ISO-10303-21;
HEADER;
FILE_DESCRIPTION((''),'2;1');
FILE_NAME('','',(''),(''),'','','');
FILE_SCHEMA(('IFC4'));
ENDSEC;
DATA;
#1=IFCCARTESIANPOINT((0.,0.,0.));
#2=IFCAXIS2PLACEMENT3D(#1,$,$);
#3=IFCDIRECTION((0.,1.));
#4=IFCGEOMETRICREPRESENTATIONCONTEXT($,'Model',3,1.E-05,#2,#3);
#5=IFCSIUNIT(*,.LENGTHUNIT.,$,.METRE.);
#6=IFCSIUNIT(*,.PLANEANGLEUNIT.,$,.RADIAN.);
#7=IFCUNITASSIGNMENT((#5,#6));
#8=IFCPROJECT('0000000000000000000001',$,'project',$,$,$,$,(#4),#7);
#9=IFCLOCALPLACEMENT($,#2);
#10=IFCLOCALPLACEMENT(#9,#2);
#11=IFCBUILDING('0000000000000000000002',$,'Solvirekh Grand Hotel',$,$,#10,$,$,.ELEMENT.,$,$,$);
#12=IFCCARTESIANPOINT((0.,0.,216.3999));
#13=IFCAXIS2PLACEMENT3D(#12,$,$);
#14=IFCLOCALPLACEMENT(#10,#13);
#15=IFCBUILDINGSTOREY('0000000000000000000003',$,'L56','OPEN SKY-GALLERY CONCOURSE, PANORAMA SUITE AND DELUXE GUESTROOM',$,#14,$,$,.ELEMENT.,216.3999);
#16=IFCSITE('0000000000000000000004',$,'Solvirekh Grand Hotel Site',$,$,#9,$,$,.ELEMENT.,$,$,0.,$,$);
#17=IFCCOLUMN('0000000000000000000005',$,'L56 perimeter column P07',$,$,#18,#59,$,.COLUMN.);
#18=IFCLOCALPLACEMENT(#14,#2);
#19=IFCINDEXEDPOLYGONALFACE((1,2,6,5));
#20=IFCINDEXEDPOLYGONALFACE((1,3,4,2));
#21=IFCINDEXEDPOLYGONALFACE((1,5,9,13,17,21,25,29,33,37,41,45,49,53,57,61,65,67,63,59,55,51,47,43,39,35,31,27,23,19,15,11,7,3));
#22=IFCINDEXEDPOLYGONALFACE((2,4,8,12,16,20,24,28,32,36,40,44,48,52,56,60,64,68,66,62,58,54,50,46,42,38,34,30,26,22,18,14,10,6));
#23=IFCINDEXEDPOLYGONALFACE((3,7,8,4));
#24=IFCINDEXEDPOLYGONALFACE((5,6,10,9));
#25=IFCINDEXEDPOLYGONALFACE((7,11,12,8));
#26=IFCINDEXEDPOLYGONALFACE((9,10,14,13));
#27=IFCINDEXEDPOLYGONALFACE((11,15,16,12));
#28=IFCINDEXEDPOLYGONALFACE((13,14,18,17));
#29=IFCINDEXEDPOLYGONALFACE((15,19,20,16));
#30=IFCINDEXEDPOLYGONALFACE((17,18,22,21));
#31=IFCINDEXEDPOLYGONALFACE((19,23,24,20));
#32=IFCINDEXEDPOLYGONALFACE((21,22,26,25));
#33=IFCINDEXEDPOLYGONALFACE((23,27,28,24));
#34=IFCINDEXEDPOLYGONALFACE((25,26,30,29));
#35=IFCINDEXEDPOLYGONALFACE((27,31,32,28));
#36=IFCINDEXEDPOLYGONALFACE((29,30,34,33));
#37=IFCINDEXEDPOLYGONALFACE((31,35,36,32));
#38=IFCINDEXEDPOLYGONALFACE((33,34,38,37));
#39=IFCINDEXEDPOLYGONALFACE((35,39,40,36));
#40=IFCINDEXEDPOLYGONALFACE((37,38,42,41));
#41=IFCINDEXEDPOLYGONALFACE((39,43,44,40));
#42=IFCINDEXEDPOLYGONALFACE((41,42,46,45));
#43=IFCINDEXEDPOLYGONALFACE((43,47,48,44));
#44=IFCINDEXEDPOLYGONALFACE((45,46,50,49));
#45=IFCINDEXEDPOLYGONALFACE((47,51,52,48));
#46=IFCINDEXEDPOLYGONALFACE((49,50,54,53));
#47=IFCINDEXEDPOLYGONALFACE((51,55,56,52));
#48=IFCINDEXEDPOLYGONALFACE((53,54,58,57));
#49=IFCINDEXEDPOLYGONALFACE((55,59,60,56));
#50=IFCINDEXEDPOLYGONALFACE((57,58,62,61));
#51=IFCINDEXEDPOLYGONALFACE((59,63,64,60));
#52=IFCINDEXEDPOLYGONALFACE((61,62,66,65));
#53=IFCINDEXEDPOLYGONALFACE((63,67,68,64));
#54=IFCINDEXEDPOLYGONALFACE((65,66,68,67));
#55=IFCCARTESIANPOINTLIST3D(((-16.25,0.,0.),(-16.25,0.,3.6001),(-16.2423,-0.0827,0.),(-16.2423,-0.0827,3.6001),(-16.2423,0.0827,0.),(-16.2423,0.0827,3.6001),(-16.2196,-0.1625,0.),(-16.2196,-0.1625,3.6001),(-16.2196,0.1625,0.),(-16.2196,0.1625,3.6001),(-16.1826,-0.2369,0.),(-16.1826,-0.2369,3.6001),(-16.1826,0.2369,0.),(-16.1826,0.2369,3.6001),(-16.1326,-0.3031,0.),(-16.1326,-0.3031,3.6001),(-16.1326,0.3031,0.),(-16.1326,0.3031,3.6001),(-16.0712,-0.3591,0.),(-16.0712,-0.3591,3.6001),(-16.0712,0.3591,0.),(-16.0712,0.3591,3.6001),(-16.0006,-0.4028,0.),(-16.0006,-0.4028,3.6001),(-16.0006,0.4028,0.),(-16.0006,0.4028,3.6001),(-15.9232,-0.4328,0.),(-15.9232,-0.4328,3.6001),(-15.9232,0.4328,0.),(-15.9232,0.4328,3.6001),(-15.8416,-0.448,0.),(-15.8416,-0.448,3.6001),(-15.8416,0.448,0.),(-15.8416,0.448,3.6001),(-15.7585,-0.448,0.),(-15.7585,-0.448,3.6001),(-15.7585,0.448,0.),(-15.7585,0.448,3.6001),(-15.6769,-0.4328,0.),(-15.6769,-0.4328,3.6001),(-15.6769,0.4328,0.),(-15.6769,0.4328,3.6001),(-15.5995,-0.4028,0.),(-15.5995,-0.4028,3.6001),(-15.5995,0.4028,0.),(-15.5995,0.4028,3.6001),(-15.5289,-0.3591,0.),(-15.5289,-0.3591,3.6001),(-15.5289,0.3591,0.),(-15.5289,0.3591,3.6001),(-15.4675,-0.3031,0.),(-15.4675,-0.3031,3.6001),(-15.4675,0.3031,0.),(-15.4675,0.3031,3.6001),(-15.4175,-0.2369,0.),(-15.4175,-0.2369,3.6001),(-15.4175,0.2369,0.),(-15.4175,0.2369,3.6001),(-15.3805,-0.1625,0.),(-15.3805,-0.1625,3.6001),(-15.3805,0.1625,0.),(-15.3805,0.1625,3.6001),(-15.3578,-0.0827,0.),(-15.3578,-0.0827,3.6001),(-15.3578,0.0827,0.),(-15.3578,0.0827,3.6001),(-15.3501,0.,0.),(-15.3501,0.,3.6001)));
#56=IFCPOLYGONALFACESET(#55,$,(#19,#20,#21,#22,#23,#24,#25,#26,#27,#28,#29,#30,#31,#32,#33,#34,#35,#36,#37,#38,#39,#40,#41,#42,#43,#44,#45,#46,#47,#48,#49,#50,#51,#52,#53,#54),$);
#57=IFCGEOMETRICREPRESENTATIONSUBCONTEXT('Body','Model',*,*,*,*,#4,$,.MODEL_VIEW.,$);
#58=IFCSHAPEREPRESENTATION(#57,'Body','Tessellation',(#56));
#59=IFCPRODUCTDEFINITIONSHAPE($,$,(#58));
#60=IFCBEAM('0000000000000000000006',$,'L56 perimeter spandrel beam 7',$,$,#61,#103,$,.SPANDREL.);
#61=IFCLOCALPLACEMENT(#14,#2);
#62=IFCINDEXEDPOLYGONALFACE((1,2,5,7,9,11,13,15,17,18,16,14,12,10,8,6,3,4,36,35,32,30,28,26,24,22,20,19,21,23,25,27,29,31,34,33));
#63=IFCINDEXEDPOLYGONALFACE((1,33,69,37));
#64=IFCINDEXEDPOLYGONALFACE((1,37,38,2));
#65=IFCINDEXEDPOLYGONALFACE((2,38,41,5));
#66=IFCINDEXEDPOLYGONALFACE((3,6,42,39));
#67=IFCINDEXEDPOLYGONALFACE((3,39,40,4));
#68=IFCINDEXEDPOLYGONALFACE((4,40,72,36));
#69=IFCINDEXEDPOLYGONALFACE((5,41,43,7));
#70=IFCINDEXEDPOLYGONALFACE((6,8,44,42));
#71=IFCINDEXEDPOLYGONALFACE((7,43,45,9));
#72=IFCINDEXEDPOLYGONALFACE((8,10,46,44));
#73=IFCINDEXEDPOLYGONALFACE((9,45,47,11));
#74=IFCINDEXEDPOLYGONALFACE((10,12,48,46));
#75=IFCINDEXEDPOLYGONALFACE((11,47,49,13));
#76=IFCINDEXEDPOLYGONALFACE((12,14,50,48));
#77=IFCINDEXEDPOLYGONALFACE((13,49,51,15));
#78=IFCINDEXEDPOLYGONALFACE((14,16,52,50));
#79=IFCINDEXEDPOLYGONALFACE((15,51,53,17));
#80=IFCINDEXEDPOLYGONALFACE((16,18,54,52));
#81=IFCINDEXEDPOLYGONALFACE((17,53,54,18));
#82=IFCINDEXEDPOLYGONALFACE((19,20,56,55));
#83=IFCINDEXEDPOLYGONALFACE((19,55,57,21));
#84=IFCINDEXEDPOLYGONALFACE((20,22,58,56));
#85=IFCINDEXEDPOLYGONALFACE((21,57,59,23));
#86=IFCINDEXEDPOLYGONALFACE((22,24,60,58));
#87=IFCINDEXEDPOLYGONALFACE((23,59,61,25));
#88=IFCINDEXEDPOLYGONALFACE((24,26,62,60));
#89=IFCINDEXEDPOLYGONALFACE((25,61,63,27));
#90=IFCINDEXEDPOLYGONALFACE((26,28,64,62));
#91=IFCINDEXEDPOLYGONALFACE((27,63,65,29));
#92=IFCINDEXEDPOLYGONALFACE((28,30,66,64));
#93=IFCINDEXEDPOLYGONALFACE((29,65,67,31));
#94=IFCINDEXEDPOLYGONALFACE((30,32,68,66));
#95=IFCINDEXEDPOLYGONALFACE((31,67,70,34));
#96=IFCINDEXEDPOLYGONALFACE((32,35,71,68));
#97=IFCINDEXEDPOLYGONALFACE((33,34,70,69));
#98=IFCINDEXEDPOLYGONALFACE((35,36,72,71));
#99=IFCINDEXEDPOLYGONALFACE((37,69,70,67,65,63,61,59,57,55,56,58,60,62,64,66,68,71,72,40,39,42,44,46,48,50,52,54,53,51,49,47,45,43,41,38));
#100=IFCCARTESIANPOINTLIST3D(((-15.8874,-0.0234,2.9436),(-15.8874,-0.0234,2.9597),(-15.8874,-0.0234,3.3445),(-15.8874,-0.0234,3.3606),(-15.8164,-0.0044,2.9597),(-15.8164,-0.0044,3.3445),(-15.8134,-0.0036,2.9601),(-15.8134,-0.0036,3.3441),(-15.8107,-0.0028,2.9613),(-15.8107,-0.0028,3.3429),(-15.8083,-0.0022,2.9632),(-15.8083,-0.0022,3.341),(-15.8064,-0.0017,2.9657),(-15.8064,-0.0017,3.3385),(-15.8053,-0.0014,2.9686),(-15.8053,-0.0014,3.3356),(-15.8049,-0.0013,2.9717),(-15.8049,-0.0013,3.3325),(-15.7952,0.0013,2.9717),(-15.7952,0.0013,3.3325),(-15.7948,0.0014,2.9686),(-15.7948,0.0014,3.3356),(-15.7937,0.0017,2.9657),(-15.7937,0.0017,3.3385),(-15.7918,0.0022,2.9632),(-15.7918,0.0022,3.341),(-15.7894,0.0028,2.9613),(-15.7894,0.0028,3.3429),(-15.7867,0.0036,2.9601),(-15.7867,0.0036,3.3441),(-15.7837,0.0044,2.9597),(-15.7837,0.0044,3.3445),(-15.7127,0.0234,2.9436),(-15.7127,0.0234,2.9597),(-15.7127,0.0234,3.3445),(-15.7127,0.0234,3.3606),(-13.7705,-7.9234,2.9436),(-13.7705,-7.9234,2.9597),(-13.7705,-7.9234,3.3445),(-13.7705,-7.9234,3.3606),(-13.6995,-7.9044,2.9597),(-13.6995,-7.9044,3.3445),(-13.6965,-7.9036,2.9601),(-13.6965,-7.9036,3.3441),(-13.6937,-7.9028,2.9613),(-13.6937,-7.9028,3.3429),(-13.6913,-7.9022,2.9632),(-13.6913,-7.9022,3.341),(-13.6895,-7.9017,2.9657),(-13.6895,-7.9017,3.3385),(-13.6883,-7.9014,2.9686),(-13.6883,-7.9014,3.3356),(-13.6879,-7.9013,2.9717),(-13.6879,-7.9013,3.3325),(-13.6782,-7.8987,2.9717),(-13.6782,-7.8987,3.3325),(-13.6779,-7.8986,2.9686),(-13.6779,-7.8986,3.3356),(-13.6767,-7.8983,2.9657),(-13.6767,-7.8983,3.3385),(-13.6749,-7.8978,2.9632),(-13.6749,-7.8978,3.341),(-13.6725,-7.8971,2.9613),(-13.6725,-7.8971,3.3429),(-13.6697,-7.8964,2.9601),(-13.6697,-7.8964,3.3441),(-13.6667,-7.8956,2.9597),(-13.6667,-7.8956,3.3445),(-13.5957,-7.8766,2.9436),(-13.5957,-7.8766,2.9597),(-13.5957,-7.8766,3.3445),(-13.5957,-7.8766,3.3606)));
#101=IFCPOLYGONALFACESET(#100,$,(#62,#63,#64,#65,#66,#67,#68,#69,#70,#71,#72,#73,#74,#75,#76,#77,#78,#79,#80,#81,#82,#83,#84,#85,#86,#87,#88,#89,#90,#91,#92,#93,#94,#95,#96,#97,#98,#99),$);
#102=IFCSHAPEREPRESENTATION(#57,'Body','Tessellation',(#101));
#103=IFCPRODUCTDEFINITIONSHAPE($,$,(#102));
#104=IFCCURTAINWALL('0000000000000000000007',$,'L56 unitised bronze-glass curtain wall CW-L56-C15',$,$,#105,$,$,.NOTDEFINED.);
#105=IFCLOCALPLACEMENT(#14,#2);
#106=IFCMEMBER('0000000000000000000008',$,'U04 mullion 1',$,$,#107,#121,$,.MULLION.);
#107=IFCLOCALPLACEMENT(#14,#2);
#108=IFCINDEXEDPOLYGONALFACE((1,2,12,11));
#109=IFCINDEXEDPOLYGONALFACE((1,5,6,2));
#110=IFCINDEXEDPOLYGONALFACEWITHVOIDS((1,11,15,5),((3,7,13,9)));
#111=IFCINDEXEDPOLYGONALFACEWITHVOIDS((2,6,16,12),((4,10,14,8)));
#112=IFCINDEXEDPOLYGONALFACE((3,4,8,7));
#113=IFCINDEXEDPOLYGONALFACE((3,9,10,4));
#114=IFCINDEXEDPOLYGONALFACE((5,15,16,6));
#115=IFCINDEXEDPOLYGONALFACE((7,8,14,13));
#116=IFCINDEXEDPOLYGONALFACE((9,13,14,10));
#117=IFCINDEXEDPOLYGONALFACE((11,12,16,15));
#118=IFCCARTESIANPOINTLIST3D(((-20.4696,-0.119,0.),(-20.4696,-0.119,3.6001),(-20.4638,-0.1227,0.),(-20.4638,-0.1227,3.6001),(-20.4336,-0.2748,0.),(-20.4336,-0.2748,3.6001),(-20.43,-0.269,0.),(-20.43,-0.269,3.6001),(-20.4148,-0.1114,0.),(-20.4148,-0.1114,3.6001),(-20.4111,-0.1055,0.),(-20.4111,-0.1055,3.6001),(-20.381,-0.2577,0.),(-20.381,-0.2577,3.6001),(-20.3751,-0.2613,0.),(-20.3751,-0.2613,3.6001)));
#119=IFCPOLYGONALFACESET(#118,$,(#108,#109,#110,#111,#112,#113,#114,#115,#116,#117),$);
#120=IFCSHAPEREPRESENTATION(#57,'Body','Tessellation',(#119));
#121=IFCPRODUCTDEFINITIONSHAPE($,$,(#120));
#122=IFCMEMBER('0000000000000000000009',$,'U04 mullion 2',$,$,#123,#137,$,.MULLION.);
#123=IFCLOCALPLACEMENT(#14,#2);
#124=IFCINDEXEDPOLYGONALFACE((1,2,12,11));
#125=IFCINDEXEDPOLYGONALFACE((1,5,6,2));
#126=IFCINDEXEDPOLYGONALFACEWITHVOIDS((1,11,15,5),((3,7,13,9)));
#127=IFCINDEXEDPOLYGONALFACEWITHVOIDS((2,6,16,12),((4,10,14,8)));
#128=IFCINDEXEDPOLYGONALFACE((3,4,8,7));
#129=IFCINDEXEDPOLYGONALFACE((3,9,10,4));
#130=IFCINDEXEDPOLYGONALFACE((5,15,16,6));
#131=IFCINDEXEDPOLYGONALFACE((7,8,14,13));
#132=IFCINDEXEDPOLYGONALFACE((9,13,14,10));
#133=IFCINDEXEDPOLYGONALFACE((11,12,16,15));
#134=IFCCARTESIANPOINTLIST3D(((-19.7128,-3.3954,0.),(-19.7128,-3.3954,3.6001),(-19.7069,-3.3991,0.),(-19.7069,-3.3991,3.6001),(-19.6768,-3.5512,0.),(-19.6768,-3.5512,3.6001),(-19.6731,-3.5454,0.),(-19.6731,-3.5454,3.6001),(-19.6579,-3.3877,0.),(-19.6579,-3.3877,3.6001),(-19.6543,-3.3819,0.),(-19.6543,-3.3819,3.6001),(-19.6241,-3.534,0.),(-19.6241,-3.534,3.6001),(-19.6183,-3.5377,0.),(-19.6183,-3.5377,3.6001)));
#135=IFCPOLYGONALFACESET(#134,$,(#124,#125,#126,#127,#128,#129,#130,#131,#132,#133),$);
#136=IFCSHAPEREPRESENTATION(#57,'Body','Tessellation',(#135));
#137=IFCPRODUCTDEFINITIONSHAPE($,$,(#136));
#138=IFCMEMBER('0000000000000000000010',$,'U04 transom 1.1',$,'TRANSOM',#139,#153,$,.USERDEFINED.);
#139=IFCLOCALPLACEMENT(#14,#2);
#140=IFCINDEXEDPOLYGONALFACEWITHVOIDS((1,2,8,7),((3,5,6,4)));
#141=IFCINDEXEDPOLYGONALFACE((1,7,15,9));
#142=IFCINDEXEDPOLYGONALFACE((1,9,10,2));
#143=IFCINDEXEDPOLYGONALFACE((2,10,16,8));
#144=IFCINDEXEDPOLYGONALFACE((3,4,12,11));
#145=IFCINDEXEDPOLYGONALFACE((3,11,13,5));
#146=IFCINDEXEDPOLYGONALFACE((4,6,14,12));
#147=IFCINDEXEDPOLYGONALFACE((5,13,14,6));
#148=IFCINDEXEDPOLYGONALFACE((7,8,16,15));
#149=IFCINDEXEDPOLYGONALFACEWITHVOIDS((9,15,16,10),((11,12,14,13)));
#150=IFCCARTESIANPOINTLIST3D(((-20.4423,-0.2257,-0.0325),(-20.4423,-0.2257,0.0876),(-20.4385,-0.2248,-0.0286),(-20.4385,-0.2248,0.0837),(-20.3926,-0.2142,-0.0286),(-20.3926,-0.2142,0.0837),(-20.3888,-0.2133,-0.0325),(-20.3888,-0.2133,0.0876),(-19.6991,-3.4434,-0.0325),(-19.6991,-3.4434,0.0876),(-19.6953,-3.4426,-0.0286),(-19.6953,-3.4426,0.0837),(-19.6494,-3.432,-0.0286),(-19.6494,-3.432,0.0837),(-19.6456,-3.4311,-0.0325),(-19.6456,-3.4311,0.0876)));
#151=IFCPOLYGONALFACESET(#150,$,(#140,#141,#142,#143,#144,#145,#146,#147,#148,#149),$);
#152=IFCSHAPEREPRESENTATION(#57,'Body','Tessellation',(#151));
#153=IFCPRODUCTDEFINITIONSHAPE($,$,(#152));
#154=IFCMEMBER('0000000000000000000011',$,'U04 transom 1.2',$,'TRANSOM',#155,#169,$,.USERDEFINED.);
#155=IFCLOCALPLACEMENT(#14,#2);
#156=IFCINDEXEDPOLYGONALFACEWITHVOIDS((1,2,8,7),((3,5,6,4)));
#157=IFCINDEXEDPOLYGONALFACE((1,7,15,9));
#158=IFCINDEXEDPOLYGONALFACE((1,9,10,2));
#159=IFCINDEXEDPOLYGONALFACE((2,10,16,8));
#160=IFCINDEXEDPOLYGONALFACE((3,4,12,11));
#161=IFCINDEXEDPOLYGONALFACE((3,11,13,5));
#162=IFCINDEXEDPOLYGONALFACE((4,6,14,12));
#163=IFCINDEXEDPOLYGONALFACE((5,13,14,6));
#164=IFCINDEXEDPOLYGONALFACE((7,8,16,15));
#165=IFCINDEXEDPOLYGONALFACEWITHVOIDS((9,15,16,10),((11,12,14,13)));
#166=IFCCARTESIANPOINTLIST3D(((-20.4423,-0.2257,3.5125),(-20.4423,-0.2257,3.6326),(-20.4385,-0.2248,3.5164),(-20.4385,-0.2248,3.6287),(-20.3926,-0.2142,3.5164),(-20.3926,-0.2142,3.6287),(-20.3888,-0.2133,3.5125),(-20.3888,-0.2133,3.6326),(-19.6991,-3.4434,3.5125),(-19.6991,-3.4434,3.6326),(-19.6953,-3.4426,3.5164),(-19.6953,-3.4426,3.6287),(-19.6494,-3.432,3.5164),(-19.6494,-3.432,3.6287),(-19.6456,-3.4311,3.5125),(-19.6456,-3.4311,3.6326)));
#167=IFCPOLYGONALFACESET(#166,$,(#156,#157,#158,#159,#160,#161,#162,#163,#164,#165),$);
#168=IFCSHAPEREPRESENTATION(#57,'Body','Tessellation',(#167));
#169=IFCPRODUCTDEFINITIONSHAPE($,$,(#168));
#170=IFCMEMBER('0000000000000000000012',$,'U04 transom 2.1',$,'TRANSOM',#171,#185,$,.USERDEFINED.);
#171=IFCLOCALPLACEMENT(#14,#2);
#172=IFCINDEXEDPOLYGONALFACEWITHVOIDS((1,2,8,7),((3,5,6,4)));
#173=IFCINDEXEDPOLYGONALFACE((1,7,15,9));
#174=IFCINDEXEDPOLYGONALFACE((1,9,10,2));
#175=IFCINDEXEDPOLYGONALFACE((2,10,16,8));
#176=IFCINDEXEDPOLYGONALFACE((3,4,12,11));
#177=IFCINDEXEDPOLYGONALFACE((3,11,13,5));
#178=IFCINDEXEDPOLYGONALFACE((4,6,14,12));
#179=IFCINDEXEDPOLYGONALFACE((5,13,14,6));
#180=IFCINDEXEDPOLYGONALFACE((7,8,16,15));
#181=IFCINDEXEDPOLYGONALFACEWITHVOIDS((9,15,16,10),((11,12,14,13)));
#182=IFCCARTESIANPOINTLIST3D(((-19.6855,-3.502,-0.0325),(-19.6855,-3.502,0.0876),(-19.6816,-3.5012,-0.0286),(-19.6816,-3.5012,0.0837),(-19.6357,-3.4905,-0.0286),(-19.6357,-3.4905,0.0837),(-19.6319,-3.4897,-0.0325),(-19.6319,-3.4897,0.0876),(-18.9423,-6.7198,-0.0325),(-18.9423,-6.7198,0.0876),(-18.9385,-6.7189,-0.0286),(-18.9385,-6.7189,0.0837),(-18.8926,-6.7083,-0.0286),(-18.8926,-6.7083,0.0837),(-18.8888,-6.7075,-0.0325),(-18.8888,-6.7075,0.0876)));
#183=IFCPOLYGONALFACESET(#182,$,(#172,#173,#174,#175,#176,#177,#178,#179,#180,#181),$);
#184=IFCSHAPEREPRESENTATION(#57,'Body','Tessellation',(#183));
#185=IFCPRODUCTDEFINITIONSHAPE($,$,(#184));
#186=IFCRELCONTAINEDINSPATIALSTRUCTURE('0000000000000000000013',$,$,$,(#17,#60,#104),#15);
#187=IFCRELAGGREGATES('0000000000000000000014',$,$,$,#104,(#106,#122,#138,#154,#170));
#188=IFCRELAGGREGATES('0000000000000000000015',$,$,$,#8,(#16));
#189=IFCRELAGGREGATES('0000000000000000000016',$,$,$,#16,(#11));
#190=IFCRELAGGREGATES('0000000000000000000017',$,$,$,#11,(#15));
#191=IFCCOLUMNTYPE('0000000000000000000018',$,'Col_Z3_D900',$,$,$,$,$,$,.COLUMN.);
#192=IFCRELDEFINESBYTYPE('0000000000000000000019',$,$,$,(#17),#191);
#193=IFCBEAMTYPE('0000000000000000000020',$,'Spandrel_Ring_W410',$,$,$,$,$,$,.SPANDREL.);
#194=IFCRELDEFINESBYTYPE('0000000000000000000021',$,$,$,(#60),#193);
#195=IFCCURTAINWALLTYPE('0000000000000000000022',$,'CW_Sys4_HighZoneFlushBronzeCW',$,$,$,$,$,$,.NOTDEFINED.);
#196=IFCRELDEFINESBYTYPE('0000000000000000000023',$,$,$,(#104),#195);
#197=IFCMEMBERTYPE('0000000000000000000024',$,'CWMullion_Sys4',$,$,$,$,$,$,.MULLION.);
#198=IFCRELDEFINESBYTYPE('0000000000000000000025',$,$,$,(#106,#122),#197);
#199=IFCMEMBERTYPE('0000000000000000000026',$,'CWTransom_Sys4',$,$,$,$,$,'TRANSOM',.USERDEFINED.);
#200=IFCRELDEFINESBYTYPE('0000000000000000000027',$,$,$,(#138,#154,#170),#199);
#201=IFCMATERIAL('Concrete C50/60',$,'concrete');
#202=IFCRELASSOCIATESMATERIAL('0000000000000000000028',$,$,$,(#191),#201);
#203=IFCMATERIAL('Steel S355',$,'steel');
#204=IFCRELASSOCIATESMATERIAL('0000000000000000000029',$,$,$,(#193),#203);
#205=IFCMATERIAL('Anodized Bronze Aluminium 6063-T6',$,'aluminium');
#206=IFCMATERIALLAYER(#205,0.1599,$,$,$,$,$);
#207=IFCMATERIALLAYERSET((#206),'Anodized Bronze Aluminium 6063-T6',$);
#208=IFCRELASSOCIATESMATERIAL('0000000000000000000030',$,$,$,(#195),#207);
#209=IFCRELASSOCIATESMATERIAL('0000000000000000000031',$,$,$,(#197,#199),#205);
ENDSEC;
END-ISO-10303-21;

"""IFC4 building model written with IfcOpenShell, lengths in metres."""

from ifc_helpers import new_model, si_unit, direction, frame, origin, origin_2d, place, context, subcontext, project, spatial, hollow_rectangle, circle, i_section, extrude, source, transform, mapped, material, layer, layer_set, material_profile, profile_set, type_object, element, aggregate, save


model = new_model("IFC4")

# Units and contexts
model_context = context("Model", 3, precision=1e-05, world=origin(), true_north=direction((0.0, 1.0)))
body_context = subcontext(model_context, "Body", "Model", "MODEL_VIEW")
ifc_project = project(units=[si_unit("LENGTHUNIT", "METRE"), si_unit("PLANEANGLEUNIT", "RADIAN")], contexts=[model_context])

# Site, building, storey
site_placement = place(None, origin())
site = spatial("IfcSite", under=ifc_project, at=site_placement, Name="Solvirekh Grand Hotel Site", CompositionType="ELEMENT", RefElevation=0.0)
building_placement = place(site_placement, origin())
building = spatial("IfcBuilding", under=site, at=building_placement, Name="Solvirekh Grand Hotel", CompositionType="ELEMENT")
storey_placement = place(building_placement, frame((0.0, 0.0, 216.3999)))
storey = spatial("IfcBuildingStorey", under=building, at=storey_placement, Name="L56", Description="OPEN SKY-GALLERY CONCOURSE, PANORAMA SUITE AND DELUXE GUESTROOM", CompositionType="ELEMENT", Elevation=216.3999)

# Column
ifc_material_1 = material(Name="Concrete C50/60", Category="concrete")
ifc_material_profile_1 = material_profile(ifc_material_1, circle(Radius=0.45, at=origin_2d()), Name="RC CIRC D900")
ifc_profile_set_1 = profile_set([ifc_material_profile_1], Name="Concrete C50/60")
column_type = type_object("IfcColumnType", Name="Col_Z3_D900", PredefinedType="COLUMN", material=ifc_profile_set_1)
column_placement = place(storey_placement, frame((-15.8, 0.0, 0.0), z_axis=(0.0, 0.0, 1.0), x_axis=(1.0, 0.0, 0.0)))
element("IfcColumn", 1, at=column_placement, inside=storey, type_object=column_type, Name="L56 perimeter column P07", PredefinedType="COLUMN", context=body_context, shape_type="SweptSolid", body=[
    extrude(circle(Radius=0.45, at=origin_2d()), origin(), (0.0, 0.0, 1.0), 3.6001),
])

# Beam
ifc_material_2 = material(Name="Steel S355", Category="steel")
ifc_material_profile_2 = material_profile(ifc_material_2, i_section(OverallWidth=0.1809, OverallDepth=0.417, WebThickness=0.01, FlangeThickness=0.0161, FilletRadius=0.012, at=origin_2d()), Name="W410X85")
ifc_profile_set_2 = profile_set([ifc_material_profile_2], Name="Steel S355")
beam_type = type_object("IfcBeamType", Name="Spandrel_Ring_W410", PredefinedType="SPANDREL", material=ifc_profile_set_2)
beam_placement = place(storey_placement, frame((-15.8, 0.0, 3.1521), z_axis=(0.258839, -0.965921, 0.0), x_axis=(0.965921, 0.258839, 0.0)))
element("IfcBeam", 2, at=beam_placement, inside=storey, type_object=beam_type, Name="L56 perimeter spandrel beam 7", PredefinedType="SPANDREL", context=body_context, shape_type="SweptSolid", body=[
    extrude(i_section(OverallWidth=0.1809, OverallDepth=0.417, WebThickness=0.01, FlangeThickness=0.0161, FilletRadius=0.012, at=origin_2d()), origin(), (0.0, 0.0, 1.0), 8.1787),
])

# Curtain wall, members
ifc_material_3 = material(Name="Anodized Bronze Aluminium 6063-T6", Category="aluminium")
ifc_layer_1 = layer(ifc_material_3, 0.1599)
ifc_layer_set_1 = layer_set([ifc_layer_1], Name="Anodized Bronze Aluminium 6063-T6")
curtain_wall_type = type_object("IfcCurtainWallType", Name="CW_Sys4_HighZoneFlushBronzeCW", PredefinedType="NOTDEFINED", material=ifc_layer_set_1)
curtain_wall_placement = place(storey_placement, origin())
curtain_wall = element("IfcCurtainWall", 3, at=curtain_wall_placement, inside=storey, type_object=curtain_wall_type, Name="L56 unitised bronze-glass curtain wall CW-L56-C15", PredefinedType="NOTDEFINED")
ifc_material_profile_3 = material_profile(ifc_material_3, hollow_rectangle(XDim=0.0601, YDim=0.1599, WallThickness=0.0049, at=origin_2d()), Name="ALU RHS 160X60X5")
ifc_profile_set_3 = profile_set([ifc_material_profile_3], Name="Anodized Bronze Aluminium 6063-T6")
member_type_1 = type_object("IfcMemberType", Name="CWMullion_Sys4", PredefinedType="MULLION", material=ifc_profile_set_3)
shared_shape_1 = source(origin(), body_context, "Body", "SweptSolid", [
    extrude(hollow_rectangle(XDim=0.0601, YDim=0.1599, WallThickness=0.0049, at=origin_2d()), origin(), (0.0, 0.0, 1.0), 3.6001),
])
member_1_placement = place(storey_placement, frame((-20.4224, -0.1902, 0.0), z_axis=(0.0, 0.0, 1.0), x_axis=(0.974346, 0.225053, 0.0)))
member_1 = element("IfcMember", 4, at=member_1_placement, type_object=member_type_1, Name="U04 mullion 1", PredefinedType="MULLION", context=body_context, shape_type="MappedRepresentation", body=[
    mapped(shared_shape_1, transform((0.0, 0.0, 0.0), x_axis=(1.0, 0.0, 0.0), y_axis=(0.0, 1.0, 0.0), z_axis=(0.0, 0.0, 1.0), scale=1.0)),
])
member_2_placement = place(storey_placement, frame((-19.6655, -3.4666, 0.0), z_axis=(0.0, 0.0, 1.0), x_axis=(0.974346, 0.225053, 0.0)))
member_2 = element("IfcMember", 5, at=member_2_placement, type_object=member_type_1, Name="U04 mullion 2", PredefinedType="MULLION", context=body_context, shape_type="MappedRepresentation", body=[
    mapped(shared_shape_1, transform((0.0, 0.0, 0.0), x_axis=(1.0, 0.0, 0.0), y_axis=(0.0, 1.0, 0.0), z_axis=(0.0, 0.0, 1.0), scale=1.0)),
])
ifc_material_profile_4 = material_profile(ifc_material_3, hollow_rectangle(XDim=0.0549, YDim=0.1201, WallThickness=0.0039, at=origin_2d()), Name="ALU RHS 120X55X4")
ifc_profile_set_4 = profile_set([ifc_material_profile_4], Name="Anodized Bronze Aluminium 6063-T6")
member_type_2 = type_object("IfcMemberType", Name="CWTransom_Sys4", ElementType="TRANSOM", PredefinedType="USERDEFINED", material=ifc_profile_set_4)
shared_shape_2 = source(origin(), body_context, "Body", "SweptSolid", [
    extrude(hollow_rectangle(XDim=0.0549, YDim=0.1201, WallThickness=0.0039, at=origin_2d()), origin(), (0.0, 0.0, 1.0), 3.3025),
])
member_3_placement = place(storey_placement, frame((-20.4155, -0.2195, 0.0276), z_axis=(0.225032, -0.974351, 0.0), x_axis=(0.974351, 0.225032, 0.0)))
member_3 = element("IfcMember", 6, at=member_3_placement, type_object=member_type_2, Name="U04 transom 1.1", ObjectType="TRANSOM", PredefinedType="USERDEFINED", context=body_context, shape_type="MappedRepresentation", body=[
    mapped(shared_shape_2, transform((0.0, 0.0, 0.0), x_axis=(1.0, 0.0, 0.0), y_axis=(0.0, 1.0, 0.0), z_axis=(0.0, 0.0, 1.0), scale=1.0)),
])
member_4_placement = place(storey_placement, frame((-20.4155, -0.2195, 3.5725), z_axis=(0.225032, -0.974351, 0.0), x_axis=(0.974351, 0.225032, 0.0)))
member_4 = element("IfcMember", 7, at=member_4_placement, type_object=member_type_2, Name="U04 transom 1.2", ObjectType="TRANSOM", PredefinedType="USERDEFINED", context=body_context, shape_type="MappedRepresentation", body=[
    mapped(shared_shape_2, transform((0.0, 0.0, 0.0), x_axis=(1.0, 0.0, 0.0), y_axis=(0.0, 1.0, 0.0), z_axis=(0.0, 0.0, 1.0), scale=1.0)),
])
member_5_placement = place(storey_placement, frame((-19.6587, -3.4958, 0.0276), z_axis=(0.225032, -0.974351, 0.0), x_axis=(0.974351, 0.225032, 0.0)))
member_5 = element("IfcMember", 8, at=member_5_placement, type_object=member_type_2, Name="U04 transom 2.1", ObjectType="TRANSOM", PredefinedType="USERDEFINED", context=body_context, shape_type="MappedRepresentation", body=[
    mapped(shared_shape_2, transform((0.0, 0.0, 0.0), x_axis=(1.0, 0.0, 0.0), y_axis=(0.0, 1.0, 0.0), z_axis=(0.0, 0.0, 1.0), scale=1.0)),
])
aggregate(curtain_wall, [member_1, member_2, member_3, member_4, member_5])

save(model, "model.ifc")
